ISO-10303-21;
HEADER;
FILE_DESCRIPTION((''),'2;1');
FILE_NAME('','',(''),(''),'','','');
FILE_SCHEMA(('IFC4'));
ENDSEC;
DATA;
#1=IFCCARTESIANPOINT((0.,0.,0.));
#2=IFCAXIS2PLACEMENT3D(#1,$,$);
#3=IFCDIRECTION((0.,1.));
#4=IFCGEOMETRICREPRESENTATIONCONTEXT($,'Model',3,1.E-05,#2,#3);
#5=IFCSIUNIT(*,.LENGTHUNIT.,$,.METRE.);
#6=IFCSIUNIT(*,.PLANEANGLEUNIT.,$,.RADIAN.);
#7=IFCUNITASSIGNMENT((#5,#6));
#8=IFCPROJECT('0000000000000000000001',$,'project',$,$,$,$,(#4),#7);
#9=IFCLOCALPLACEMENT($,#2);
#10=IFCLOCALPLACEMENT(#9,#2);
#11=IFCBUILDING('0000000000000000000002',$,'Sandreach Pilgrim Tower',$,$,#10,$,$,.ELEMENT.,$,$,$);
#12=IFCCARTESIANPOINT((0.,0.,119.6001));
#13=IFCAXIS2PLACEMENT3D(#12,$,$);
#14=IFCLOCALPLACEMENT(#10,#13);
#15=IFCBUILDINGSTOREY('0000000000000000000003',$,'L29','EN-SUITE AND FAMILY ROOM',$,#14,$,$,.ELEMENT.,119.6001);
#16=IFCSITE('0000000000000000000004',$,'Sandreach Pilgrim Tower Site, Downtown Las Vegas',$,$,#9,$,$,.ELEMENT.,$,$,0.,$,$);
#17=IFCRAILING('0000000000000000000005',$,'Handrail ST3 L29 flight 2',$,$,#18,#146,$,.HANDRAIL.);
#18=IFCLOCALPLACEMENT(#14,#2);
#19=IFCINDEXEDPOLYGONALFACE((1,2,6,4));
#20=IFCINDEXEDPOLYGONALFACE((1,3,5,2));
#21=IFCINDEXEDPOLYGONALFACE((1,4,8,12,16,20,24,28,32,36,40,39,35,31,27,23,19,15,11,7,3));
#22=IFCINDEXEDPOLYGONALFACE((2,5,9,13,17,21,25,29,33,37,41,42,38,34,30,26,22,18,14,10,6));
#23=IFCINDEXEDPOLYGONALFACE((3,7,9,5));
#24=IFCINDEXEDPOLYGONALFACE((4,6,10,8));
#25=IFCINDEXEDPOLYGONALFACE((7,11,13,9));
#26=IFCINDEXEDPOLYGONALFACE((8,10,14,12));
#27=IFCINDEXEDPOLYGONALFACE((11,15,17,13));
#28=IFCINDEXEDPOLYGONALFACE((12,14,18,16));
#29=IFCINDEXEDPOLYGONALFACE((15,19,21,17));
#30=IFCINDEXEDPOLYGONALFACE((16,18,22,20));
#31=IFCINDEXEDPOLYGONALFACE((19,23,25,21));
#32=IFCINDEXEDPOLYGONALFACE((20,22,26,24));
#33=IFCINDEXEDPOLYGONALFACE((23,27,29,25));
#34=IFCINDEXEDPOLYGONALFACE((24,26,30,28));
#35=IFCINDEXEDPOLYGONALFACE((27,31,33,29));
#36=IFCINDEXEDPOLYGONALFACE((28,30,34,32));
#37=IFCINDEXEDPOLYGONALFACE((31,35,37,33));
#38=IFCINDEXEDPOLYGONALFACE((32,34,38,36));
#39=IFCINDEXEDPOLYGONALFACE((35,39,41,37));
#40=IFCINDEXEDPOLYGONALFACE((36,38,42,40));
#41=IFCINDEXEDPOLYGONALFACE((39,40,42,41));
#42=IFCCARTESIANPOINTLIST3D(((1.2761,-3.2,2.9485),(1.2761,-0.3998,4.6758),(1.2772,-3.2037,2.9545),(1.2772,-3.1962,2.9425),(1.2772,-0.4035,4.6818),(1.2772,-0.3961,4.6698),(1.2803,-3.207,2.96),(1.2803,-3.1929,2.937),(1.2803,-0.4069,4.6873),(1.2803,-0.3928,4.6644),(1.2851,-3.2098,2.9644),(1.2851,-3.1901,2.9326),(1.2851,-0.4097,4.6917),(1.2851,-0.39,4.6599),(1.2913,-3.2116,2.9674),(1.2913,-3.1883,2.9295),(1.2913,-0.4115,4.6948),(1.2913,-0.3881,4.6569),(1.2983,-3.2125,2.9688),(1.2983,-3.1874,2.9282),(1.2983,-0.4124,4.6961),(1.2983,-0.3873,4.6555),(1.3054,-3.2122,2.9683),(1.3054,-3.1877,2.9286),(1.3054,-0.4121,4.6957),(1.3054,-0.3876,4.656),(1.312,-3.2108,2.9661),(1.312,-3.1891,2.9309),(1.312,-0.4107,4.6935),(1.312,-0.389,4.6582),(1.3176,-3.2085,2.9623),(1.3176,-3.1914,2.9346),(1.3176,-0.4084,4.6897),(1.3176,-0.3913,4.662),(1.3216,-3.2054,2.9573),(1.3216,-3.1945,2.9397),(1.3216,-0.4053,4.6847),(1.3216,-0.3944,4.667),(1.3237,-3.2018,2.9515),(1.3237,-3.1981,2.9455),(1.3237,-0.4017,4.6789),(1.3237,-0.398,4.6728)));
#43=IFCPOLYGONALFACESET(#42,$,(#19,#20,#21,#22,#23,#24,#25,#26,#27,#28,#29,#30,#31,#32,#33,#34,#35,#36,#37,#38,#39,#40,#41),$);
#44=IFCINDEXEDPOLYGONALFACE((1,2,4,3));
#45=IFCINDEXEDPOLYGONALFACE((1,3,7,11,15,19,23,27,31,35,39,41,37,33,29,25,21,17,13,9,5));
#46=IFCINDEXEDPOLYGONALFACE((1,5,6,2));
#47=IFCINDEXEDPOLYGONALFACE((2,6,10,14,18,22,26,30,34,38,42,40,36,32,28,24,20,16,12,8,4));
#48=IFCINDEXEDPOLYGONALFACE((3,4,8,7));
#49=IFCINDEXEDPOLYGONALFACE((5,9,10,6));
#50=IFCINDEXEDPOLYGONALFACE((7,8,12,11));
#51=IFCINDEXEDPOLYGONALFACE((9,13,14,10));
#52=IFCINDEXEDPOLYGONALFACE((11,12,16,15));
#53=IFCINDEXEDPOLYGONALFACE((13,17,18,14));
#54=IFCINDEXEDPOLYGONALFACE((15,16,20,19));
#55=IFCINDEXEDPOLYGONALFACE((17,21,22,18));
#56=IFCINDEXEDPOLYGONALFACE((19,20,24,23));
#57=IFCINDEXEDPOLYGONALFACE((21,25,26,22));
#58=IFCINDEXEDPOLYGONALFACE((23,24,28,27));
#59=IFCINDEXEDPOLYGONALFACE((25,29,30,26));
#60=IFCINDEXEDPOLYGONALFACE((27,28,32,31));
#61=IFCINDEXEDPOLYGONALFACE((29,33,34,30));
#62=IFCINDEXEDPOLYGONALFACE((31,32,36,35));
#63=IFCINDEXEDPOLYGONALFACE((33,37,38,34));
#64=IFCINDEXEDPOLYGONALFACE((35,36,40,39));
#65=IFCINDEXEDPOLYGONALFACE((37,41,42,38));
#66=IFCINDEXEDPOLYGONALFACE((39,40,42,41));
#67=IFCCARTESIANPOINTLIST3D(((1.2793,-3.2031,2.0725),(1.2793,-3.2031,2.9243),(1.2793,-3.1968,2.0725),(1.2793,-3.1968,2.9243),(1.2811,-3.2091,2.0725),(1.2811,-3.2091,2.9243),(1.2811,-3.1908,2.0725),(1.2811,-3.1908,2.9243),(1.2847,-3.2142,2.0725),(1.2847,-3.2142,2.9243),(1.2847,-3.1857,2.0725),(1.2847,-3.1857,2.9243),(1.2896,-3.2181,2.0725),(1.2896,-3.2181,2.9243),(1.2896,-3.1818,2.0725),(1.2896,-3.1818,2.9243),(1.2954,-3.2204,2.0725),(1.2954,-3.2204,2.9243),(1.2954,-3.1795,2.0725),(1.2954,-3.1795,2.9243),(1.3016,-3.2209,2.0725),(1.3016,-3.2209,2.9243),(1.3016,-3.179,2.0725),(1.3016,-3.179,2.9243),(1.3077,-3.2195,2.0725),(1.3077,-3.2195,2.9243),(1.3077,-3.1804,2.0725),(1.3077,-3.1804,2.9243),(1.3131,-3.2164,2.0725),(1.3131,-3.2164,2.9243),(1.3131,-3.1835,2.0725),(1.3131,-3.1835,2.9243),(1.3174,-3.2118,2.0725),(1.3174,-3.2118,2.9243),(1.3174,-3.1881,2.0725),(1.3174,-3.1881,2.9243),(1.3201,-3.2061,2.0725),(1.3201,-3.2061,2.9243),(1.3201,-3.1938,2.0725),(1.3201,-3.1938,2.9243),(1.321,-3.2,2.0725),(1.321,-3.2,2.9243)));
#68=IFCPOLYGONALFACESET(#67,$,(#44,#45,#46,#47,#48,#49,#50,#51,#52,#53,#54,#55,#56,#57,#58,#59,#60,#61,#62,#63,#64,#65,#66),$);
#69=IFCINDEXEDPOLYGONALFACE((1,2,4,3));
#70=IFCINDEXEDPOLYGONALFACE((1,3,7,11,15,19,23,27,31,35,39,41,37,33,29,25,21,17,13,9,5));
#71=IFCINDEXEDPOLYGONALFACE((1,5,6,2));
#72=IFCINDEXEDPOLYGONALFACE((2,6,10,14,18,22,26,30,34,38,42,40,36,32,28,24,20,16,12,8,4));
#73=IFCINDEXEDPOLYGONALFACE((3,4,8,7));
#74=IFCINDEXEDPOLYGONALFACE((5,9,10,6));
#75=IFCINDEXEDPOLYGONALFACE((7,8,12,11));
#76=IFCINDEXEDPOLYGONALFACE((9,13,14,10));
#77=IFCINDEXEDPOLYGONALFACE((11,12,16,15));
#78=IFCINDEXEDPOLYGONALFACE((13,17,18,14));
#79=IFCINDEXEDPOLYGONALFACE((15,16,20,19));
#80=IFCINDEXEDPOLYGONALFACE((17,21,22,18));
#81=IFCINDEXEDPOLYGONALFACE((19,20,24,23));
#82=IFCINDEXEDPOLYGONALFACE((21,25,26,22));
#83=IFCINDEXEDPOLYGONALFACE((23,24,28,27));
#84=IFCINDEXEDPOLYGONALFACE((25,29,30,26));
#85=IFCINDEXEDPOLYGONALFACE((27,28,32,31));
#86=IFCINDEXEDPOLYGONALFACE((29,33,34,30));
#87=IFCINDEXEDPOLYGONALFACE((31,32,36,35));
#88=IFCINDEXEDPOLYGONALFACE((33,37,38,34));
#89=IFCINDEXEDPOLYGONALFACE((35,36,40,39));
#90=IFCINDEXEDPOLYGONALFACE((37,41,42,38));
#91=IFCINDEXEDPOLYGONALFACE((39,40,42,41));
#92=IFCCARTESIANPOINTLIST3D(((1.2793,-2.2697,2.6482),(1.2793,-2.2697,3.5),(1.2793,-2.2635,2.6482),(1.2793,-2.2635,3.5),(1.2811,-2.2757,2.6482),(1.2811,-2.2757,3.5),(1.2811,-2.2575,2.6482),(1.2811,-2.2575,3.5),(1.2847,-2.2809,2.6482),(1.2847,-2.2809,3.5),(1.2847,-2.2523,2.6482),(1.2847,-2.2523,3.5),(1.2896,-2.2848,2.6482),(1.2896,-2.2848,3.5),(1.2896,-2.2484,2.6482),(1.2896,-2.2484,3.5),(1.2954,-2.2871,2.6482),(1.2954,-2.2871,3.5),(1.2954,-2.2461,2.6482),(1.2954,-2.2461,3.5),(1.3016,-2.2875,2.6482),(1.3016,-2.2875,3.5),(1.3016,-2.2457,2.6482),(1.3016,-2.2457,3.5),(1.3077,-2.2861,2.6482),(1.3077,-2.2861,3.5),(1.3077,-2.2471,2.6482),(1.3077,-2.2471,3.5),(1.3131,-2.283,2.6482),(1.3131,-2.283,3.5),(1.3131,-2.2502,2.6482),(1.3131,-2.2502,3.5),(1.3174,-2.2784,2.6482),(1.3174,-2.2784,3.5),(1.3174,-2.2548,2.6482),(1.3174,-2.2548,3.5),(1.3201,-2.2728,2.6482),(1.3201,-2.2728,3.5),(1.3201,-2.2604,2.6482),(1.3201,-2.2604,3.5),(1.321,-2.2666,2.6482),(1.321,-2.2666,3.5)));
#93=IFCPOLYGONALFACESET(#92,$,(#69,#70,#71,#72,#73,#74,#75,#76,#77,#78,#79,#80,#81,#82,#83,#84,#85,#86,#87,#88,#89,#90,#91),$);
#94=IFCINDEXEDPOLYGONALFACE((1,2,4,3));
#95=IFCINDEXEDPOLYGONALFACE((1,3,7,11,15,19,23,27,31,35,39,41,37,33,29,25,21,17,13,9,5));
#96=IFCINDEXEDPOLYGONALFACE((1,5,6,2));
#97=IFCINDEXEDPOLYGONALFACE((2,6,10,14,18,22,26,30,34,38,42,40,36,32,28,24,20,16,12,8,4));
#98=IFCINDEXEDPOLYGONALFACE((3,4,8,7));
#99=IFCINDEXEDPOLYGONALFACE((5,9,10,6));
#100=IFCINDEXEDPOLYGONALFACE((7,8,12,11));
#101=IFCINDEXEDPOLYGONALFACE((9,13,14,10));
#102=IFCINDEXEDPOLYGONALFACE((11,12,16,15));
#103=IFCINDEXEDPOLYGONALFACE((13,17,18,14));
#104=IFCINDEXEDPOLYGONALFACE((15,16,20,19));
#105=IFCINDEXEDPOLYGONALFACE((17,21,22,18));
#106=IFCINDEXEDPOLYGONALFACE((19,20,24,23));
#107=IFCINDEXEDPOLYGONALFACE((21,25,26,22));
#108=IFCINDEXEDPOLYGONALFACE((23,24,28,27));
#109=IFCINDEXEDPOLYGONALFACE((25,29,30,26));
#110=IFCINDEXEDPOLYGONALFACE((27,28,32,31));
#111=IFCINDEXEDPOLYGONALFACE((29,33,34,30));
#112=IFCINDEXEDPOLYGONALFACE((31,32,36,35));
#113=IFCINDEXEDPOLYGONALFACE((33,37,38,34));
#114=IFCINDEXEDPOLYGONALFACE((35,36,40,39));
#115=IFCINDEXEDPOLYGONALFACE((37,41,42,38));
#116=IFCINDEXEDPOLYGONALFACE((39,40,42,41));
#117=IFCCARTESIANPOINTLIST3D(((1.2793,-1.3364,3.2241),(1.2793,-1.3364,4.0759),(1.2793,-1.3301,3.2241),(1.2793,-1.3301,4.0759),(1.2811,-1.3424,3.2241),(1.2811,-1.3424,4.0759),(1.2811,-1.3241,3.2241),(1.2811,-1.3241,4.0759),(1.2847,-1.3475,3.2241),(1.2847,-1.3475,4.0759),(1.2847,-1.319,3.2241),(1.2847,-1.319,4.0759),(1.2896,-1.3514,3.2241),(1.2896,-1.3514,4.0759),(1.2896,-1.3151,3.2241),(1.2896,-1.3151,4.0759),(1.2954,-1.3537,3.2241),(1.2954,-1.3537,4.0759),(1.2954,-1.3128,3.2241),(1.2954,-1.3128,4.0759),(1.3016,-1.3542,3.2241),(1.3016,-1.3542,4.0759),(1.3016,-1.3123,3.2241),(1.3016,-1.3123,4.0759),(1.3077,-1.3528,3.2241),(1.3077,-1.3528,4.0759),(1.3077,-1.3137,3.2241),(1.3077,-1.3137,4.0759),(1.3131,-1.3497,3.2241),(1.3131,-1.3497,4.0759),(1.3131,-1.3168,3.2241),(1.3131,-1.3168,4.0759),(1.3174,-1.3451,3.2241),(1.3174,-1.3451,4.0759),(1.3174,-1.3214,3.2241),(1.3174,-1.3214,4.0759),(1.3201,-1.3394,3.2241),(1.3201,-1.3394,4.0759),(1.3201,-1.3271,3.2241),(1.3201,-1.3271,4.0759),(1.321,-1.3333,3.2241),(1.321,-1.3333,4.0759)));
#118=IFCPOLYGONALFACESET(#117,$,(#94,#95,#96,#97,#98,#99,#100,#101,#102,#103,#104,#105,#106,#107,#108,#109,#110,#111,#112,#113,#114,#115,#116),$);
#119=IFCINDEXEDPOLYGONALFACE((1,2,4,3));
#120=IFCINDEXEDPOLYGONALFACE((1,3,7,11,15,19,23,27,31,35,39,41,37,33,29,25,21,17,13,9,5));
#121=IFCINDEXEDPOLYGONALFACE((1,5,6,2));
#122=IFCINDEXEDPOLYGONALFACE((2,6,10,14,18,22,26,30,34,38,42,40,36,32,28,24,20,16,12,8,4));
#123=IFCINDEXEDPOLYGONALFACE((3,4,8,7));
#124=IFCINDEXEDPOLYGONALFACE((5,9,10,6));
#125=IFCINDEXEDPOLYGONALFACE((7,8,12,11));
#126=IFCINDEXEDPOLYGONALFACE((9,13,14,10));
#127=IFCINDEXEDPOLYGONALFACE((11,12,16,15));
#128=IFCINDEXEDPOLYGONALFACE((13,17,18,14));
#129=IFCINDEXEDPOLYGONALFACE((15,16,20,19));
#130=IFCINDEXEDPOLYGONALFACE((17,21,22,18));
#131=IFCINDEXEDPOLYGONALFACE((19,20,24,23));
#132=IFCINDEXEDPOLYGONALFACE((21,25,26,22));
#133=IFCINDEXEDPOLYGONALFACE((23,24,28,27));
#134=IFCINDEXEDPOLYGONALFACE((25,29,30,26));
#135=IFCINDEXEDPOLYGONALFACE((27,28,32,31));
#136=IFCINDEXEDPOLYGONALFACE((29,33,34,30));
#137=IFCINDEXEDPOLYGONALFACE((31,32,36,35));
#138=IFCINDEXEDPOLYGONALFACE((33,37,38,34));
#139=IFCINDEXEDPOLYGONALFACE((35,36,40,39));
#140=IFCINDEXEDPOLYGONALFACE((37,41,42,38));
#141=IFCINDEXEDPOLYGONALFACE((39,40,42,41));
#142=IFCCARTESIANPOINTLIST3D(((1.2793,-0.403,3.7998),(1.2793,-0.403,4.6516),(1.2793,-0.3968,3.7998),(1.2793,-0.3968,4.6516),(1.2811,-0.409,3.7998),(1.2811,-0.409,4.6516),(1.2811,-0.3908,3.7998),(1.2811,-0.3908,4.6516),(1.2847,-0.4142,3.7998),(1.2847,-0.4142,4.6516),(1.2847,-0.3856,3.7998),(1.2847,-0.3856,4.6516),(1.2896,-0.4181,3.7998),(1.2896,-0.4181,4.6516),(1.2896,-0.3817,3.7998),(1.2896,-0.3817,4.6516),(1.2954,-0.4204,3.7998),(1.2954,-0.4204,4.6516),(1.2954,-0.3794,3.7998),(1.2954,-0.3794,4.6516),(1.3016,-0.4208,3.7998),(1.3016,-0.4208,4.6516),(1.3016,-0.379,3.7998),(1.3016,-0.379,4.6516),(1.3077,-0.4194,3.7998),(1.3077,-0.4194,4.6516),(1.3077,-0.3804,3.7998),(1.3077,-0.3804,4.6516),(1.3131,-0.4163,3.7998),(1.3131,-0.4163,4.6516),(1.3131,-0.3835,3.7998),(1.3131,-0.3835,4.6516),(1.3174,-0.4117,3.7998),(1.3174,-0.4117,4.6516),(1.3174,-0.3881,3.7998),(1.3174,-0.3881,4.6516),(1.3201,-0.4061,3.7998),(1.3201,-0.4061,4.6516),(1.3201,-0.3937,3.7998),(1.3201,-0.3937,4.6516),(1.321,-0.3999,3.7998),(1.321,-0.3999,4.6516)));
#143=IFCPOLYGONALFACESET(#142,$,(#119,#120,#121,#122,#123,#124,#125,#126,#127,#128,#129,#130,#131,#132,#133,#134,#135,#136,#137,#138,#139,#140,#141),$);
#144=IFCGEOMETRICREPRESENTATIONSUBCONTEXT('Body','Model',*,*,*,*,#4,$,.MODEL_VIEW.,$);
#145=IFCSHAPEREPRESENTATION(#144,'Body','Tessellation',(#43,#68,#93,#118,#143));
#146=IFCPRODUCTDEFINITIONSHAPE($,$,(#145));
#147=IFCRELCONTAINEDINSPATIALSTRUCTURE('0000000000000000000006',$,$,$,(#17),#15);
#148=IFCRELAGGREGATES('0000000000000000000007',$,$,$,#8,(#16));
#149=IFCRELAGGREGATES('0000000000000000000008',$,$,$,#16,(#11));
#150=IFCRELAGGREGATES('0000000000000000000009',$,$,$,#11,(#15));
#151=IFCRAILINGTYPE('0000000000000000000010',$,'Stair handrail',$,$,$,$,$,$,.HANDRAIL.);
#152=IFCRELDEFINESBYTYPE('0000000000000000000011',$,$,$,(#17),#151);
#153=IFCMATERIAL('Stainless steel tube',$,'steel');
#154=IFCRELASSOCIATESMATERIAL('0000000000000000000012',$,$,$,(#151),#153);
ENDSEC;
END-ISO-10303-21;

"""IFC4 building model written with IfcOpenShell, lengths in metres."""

from ifc_helpers import new_model, si_unit, direction, frame, origin, origin_2d, place, context, subcontext, project, spatial, circle, extrude, material, type_object, element, save


model = new_model("IFC4")

# Units and contexts
model_context = context("Model", 3, precision=1e-05, world=origin(), true_north=direction((0.0, 1.0)))
body_context = subcontext(model_context, "Body", "Model", "MODEL_VIEW")
ifc_project = project(units=[si_unit("LENGTHUNIT", "METRE"), si_unit("PLANEANGLEUNIT", "RADIAN")], contexts=[model_context])

# Site, building, storey
site_placement = place(None, origin())
site = spatial("IfcSite", under=ifc_project, at=site_placement, Name="Sandreach Pilgrim Tower Site, Downtown Las Vegas", CompositionType="ELEMENT", RefElevation=0.0)
building_placement = place(site_placement, origin())
building = spatial("IfcBuilding", under=site, at=building_placement, Name="Sandreach Pilgrim Tower", CompositionType="ELEMENT")
storey_placement = place(building_placement, frame((0.0, 0.0, 119.6001)))
storey = spatial("IfcBuildingStorey", under=building, at=storey_placement, Name="L29", Description="EN-SUITE AND FAMILY ROOM", CompositionType="ELEMENT", Elevation=119.6001)

# Railing
ifc_material_1 = material(Name="Stainless steel tube", Category="steel")
railing_type = type_object("IfcRailingType", Name="Stair handrail", PredefinedType="HANDRAIL", material=ifc_material_1)
for number, where, name in (
    (1, (1.3, -3.2, 2.0725), "Handrail ST3 L29 flight 2"),
):
    element("IfcRailing", number, at=place(storey_placement, frame(where)), inside=storey, type_object=railing_type, Name=name, PredefinedType="HANDRAIL", context=body_context, shape_type="SweptSolid", body=[
        extrude(circle(Radius=0.0239, at=origin_2d()), frame((0.0, 0.0, 0.876), z_axis=(0.0, 0.85109, 0.52502), x_axis=(-1.0, 0.0, 0.0)), (0.0, 0.0, 1.0), 3.29),
        extrude(circle(Radius=0.021, at=origin_2d()), origin(), (0.0, 0.0, 1.0), 0.8518),
        extrude(circle(Radius=0.021, at=origin_2d()), frame((0.0, 0.9333, 0.5757)), (0.0, 0.0, 1.0), 0.8518),
        extrude(circle(Radius=0.021, at=origin_2d()), frame((0.0, 1.8667, 1.1516)), (0.0, 0.0, 1.0), 0.8518),
        extrude(circle(Radius=0.021, at=origin_2d()), frame((0.0, 2.8, 1.7273)), (0.0, 0.0, 1.0), 0.8518),
    ])

save(model, "model.ifc")
